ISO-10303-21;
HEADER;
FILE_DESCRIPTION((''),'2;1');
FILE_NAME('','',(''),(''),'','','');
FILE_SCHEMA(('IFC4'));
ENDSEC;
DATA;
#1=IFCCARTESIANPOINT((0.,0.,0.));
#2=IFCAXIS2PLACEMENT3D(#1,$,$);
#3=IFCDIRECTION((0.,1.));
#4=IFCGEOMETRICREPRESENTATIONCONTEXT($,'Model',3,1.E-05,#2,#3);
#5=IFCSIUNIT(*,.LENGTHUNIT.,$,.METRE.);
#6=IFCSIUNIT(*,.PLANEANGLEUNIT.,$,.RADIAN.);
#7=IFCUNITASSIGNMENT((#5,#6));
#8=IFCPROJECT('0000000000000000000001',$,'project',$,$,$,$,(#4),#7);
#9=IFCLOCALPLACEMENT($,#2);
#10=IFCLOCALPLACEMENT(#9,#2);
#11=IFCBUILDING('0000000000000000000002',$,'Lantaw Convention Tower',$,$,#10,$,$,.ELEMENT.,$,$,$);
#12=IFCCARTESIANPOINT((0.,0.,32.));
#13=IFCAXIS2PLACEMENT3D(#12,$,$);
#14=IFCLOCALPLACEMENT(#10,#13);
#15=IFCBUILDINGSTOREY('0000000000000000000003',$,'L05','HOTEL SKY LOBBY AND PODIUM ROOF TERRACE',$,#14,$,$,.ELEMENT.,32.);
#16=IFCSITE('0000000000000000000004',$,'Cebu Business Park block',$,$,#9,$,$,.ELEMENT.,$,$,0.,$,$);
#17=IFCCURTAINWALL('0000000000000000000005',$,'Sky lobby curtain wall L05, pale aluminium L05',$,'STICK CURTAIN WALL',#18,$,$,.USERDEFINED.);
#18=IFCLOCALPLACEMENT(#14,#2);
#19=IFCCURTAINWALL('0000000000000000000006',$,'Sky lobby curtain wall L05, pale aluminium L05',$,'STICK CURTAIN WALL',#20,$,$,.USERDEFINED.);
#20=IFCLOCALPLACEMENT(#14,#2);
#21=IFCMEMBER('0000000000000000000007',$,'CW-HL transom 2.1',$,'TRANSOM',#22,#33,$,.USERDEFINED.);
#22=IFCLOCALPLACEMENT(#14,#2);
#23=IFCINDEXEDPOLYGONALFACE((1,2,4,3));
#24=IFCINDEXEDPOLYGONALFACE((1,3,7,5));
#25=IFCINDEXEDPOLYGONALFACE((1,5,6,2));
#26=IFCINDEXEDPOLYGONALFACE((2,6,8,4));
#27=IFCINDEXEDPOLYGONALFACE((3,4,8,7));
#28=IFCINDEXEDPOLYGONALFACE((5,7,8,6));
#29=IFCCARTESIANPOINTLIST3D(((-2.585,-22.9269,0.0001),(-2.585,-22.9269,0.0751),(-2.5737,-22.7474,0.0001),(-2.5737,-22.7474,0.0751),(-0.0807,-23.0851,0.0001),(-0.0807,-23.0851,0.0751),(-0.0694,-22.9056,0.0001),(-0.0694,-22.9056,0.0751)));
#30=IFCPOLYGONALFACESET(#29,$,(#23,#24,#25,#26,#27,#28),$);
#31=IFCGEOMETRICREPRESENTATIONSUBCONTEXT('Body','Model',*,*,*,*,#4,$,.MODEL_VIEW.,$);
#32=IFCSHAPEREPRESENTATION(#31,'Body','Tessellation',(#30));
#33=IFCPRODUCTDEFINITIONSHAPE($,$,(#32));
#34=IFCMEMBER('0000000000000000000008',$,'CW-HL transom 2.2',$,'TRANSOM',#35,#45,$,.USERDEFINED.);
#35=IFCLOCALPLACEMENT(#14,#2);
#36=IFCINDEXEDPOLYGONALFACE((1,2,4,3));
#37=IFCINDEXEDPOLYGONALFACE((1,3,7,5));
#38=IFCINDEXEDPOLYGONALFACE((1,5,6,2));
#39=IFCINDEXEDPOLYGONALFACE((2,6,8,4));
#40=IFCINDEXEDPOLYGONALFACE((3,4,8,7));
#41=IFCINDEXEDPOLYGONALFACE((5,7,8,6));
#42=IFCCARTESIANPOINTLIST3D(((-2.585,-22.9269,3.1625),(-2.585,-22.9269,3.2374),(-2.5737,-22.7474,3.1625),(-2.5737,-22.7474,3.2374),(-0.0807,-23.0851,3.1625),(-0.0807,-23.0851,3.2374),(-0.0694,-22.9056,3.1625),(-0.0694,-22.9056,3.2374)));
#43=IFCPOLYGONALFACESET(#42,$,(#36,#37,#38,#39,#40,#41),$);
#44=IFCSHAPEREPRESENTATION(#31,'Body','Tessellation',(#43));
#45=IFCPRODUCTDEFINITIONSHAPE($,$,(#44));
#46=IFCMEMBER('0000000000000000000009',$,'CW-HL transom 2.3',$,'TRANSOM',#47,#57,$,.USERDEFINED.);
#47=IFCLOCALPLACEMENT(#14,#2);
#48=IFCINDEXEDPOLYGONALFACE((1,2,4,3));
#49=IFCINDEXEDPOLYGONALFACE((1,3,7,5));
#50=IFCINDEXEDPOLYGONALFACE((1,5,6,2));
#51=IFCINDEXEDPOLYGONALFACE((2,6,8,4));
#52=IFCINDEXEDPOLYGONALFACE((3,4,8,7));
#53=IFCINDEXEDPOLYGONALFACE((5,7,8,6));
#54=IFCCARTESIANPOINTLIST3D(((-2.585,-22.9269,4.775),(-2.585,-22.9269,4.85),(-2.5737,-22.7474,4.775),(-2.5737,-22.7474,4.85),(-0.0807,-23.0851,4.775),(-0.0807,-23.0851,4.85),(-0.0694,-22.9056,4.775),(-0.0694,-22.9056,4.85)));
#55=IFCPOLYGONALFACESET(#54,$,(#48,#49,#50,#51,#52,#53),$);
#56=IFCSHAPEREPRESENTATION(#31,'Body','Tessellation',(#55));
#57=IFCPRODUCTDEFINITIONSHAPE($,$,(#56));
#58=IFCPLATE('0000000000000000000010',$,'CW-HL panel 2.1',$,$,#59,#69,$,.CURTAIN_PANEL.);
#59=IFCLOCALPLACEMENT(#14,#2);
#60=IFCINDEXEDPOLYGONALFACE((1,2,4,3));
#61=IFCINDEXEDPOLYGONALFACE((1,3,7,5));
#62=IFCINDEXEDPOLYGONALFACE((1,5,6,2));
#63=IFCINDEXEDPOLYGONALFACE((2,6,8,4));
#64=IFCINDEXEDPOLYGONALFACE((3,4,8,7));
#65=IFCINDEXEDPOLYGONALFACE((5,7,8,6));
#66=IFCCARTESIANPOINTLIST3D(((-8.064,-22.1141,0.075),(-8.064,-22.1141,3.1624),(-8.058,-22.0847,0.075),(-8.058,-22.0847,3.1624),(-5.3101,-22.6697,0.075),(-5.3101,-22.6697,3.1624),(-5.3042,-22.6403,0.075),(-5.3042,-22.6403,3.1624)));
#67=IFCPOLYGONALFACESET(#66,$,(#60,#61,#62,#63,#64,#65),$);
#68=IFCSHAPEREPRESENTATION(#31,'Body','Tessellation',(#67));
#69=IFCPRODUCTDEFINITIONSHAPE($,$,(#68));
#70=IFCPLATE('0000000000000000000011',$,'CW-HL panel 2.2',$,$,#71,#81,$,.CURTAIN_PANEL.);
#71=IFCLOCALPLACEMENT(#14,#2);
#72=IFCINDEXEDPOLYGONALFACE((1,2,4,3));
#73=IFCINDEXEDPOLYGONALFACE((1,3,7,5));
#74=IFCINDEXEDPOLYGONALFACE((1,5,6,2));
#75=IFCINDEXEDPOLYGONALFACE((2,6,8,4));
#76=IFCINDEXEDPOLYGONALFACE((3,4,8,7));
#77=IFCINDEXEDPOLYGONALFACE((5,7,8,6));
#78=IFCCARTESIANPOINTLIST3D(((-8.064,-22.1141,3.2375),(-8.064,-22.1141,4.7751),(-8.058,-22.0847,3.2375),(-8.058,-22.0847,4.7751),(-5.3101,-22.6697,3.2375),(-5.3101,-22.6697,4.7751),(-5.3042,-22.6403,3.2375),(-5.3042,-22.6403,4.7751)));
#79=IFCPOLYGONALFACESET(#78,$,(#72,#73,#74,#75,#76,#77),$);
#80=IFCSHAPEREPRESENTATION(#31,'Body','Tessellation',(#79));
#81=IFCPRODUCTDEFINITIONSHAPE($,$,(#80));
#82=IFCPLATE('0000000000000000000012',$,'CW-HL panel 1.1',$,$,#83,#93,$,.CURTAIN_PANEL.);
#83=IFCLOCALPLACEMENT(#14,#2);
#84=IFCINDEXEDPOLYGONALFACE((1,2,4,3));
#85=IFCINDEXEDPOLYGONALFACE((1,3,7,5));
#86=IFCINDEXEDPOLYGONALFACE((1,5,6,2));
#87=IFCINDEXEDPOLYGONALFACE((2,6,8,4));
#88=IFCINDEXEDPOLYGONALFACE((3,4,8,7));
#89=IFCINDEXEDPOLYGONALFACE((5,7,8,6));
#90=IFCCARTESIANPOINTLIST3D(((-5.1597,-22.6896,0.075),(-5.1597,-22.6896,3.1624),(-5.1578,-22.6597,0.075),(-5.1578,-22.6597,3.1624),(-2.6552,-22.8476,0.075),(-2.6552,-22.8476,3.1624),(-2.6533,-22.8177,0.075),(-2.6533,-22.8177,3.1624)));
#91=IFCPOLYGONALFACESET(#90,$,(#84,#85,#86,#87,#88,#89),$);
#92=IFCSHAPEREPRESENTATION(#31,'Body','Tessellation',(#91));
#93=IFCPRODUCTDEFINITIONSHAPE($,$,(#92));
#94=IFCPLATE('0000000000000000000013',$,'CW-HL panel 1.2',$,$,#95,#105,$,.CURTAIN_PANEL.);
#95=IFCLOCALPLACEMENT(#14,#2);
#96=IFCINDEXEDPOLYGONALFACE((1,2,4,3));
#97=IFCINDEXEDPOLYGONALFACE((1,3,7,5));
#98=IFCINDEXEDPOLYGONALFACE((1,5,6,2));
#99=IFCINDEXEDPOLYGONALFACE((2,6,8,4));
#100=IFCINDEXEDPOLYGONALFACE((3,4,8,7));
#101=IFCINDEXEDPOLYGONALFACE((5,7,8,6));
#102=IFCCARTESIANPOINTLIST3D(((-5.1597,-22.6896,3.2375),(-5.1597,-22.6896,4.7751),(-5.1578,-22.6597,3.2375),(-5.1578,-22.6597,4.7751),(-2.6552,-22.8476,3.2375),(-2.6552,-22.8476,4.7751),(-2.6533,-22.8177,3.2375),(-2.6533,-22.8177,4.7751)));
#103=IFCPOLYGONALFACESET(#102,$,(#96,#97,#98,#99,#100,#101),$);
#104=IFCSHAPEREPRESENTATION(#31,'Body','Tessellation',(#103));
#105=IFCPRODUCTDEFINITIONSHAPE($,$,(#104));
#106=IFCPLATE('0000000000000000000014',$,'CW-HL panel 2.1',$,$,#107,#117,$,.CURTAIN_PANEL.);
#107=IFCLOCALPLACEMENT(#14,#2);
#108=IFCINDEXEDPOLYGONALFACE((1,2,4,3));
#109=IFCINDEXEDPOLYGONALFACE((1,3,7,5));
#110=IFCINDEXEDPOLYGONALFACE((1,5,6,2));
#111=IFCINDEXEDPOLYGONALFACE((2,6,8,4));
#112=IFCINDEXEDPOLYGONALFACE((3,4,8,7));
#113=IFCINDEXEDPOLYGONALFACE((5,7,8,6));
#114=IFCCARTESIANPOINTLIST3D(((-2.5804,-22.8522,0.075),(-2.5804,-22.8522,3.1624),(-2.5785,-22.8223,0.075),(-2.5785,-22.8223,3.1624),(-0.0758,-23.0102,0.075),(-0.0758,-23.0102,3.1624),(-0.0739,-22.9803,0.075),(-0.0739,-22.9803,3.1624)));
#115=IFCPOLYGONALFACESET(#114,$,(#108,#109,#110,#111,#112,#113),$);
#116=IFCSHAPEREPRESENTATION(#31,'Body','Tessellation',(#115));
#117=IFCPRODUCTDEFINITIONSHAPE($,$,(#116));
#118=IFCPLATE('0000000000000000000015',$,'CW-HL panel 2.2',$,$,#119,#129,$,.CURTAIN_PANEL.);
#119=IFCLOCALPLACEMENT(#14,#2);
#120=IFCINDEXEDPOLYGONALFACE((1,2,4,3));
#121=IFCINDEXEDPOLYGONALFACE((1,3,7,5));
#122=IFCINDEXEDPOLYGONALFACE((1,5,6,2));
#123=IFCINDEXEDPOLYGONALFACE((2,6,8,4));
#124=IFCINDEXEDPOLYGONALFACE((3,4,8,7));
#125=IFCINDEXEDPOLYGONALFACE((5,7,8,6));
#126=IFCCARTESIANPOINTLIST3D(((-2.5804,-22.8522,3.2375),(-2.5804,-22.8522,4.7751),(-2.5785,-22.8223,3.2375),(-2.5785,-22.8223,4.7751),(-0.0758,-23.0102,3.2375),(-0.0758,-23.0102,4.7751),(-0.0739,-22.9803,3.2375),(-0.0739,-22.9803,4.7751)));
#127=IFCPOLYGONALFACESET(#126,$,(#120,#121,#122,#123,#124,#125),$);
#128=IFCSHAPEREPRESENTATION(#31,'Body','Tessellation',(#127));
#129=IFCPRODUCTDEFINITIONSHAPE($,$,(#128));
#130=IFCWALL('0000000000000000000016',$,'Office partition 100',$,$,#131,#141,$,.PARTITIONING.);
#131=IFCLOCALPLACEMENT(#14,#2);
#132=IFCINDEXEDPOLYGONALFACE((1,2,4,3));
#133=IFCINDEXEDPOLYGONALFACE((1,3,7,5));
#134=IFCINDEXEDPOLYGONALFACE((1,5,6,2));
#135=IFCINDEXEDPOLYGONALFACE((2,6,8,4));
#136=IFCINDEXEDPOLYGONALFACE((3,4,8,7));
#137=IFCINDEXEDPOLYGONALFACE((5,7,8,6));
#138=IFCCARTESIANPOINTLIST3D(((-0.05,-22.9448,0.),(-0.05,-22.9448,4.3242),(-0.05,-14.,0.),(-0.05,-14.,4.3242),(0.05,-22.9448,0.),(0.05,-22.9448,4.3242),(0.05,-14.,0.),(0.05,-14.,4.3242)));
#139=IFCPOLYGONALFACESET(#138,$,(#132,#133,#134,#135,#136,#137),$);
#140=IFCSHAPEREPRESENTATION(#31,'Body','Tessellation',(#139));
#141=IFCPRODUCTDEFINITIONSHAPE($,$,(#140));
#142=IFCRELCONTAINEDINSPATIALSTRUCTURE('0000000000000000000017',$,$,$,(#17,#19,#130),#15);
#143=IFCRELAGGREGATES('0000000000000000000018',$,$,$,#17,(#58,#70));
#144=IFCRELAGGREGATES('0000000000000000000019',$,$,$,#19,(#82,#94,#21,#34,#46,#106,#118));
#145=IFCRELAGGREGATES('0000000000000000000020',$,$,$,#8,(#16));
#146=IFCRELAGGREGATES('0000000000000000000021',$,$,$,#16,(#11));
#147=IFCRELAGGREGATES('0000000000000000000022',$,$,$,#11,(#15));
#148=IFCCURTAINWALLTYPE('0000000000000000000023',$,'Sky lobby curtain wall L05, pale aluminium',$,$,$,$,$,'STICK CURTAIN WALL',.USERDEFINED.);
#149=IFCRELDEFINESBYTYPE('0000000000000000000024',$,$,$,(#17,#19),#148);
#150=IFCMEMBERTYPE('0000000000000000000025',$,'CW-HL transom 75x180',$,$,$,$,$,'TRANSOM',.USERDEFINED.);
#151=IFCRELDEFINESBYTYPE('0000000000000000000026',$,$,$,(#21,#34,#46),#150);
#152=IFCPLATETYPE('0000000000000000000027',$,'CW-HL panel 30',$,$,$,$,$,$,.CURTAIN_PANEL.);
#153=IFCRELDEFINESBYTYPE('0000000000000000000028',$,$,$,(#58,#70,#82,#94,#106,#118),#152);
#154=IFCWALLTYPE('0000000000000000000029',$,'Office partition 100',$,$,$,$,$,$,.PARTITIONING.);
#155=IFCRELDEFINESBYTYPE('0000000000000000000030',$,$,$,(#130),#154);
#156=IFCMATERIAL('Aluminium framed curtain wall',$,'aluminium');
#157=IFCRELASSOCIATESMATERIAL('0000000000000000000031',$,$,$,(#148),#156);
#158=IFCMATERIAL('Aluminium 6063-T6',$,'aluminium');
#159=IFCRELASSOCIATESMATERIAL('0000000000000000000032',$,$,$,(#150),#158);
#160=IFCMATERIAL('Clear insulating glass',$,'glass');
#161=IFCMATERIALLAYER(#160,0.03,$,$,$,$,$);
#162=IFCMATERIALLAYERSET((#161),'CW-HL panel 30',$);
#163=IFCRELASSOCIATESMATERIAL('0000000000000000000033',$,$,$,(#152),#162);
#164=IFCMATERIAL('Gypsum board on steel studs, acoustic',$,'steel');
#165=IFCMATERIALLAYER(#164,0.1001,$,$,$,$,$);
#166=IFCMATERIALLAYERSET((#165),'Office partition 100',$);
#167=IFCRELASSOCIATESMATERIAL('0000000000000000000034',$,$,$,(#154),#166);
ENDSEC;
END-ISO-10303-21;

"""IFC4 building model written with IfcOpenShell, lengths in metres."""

from ifc_helpers import new_model, si_unit, direction, frame, frame_2d, origin, origin_2d, place, context, subcontext, project, spatial, rectangle, extrude, material, layer, layer_set, material_profile, profile_set, type_object, element, aggregate, save


model = new_model("IFC4")

# Units and contexts
model_context = context("Model", 3, precision=1e-05, world=origin(), true_north=direction((0.0, 1.0)))
body_context = subcontext(model_context, "Body", "Model", "MODEL_VIEW")
ifc_project = project(units=[si_unit("LENGTHUNIT", "METRE"), si_unit("PLANEANGLEUNIT", "RADIAN")], contexts=[model_context])

# Site, building, storey
site_placement = place(None, origin())
site = spatial("IfcSite", under=ifc_project, at=site_placement, Name="Cebu Business Park block", CompositionType="ELEMENT", RefElevation=0.0)
building_placement = place(site_placement, origin())
building = spatial("IfcBuilding", under=site, at=building_placement, Name="Lantaw Convention Tower", CompositionType="ELEMENT")
storey_placement = place(building_placement, frame((0.0, 0.0, 32.0)))
storey = spatial("IfcBuildingStorey", under=building, at=storey_placement, Name="L05", Description="HOTEL SKY LOBBY AND PODIUM ROOF TERRACE", CompositionType="ELEMENT", Elevation=32.0)

# Curtain wall
ifc_material_1 = material(Name="Aluminium framed curtain wall", Category="aluminium")
curtain_wall_type = type_object("IfcCurtainWallType", Name="Sky lobby curtain wall L05, pale aluminium", ElementType="STICK CURTAIN WALL", PredefinedType="USERDEFINED", material=ifc_material_1)
curtain_wall_1_placement = place(storey_placement, origin())
curtain_wall_1 = element("IfcCurtainWall", 1, at=curtain_wall_1_placement, inside=storey, type_object=curtain_wall_type, Name="Sky lobby curtain wall L05, pale aluminium L05", ObjectType="STICK CURTAIN WALL", PredefinedType="USERDEFINED")
ifc_material_2 = material(Name="Aluminium 6063-T6", Category="aluminium")

# Curtain wall, members
curtain_wall_2_placement = place(storey_placement, origin())
curtain_wall_2 = element("IfcCurtainWall", 2, at=curtain_wall_2_placement, inside=storey, type_object=curtain_wall_type, Name="Sky lobby curtain wall L05, pale aluminium L05", ObjectType="STICK CURTAIN WALL", PredefinedType="USERDEFINED")
ifc_material_profile_1 = material_profile(ifc_material_2, rectangle(XDim=0.1799, YDim=0.075, at=origin_2d()), Name="CW-HL transom 75x180")
ifc_profile_set_1 = profile_set([ifc_material_profile_1], Name="Aluminium 6063-T6")
member_type_1 = type_object("IfcMemberType", Name="CW-HL transom 75x180", ElementType="TRANSOM", PredefinedType="USERDEFINED", material=ifc_profile_set_1)
member_1_placement = place(storey_placement, frame((-2.5793, -22.8372, 0.0376), z_axis=(0.998011, -0.063045, 0.0), x_axis=(0.063045, 0.998011, 0.0)))
member_1 = element("IfcMember", 3, at=member_1_placement, type_object=member_type_1, Name="CW-HL transom 2.1", ObjectType="TRANSOM", PredefinedType="USERDEFINED", context=body_context, shape_type="SweptSolid", body=[
    extrude(rectangle(XDim=0.1799, YDim=0.075, at=origin_2d()), origin(), (0.0, 0.0, 1.0), 2.5093),
])
member_2_placement = place(storey_placement, frame((-2.5793, -22.8372, 3.2), z_axis=(0.998011, -0.063045, 0.0), x_axis=(0.063045, 0.998011, 0.0)))
member_2 = element("IfcMember", 4, at=member_2_placement, type_object=member_type_1, Name="CW-HL transom 2.2", ObjectType="TRANSOM", PredefinedType="USERDEFINED", context=body_context, shape_type="SweptSolid", body=[
    extrude(rectangle(XDim=0.1799, YDim=0.075, at=origin_2d()), origin(), (0.0, 0.0, 1.0), 2.5093),
])
member_3_placement = place(storey_placement, frame((-2.5793, -22.8372, 4.8125), z_axis=(0.998011, -0.063045, 0.0), x_axis=(0.063045, 0.998011, 0.0)))
member_3 = element("IfcMember", 5, at=member_3_placement, type_object=member_type_1, Name="CW-HL transom 2.3", ObjectType="TRANSOM", PredefinedType="USERDEFINED", context=body_context, shape_type="SweptSolid", body=[
    extrude(rectangle(XDim=0.1799, YDim=0.075, at=origin_2d()), origin(), (0.0, 0.0, 1.0), 2.5093),
])

# Plates
ifc_material_3 = material(Name="Clear insulating glass", Category="glass")
ifc_layer_1 = layer(ifc_material_3, 0.03)
ifc_layer_set_1 = layer_set([ifc_layer_1], Name="CW-HL panel 30")
plate_type = type_object("IfcPlateType", Name="CW-HL panel 30", PredefinedType="CURTAIN_PANEL", material=ifc_layer_set_1)
plate_1_placement = place(storey_placement, frame((-6.6841, -22.3772, 0.075), z_axis=(0.0, 0.0, 1.0), x_axis=(0.980245, -0.197789, 0.0)))
plate_1 = element("IfcPlate", 6, at=plate_1_placement, type_object=plate_type, Name="CW-HL panel 2.1", PredefinedType="CURTAIN_PANEL", context=body_context, shape_type="SweptSolid", body=[
    extrude(rectangle(XDim=2.8093, YDim=0.03, at=origin_2d()), origin(), (0.0, 0.0, 1.0), 3.0874),
])
plate_2_placement = place(storey_placement, frame((-6.6841, -22.3772, 3.2375), z_axis=(0.0, 0.0, 1.0), x_axis=(0.980245, -0.197789, 0.0)))
plate_2 = element("IfcPlate", 7, at=plate_2_placement, type_object=plate_type, Name="CW-HL panel 2.2", PredefinedType="CURTAIN_PANEL", context=body_context, shape_type="SweptSolid", body=[
    extrude(rectangle(XDim=2.8093, YDim=0.03, at=origin_2d()), origin(), (0.0, 0.0, 1.0), 1.5376),
])
aggregate(curtain_wall_1, [plate_1, plate_2])
plate_3_placement = place(storey_placement, frame((-3.9065, -22.7537, 0.075), z_axis=(0.0, 0.0, 1.0), x_axis=(0.998016, -0.062958, 0.0)))
plate_3 = element("IfcPlate", 8, at=plate_3_placement, type_object=plate_type, Name="CW-HL panel 1.1", PredefinedType="CURTAIN_PANEL", context=body_context, shape_type="SweptSolid", body=[
    extrude(rectangle(XDim=2.5095, YDim=0.03, at=origin_2d()), origin(), (0.0, 0.0, 1.0), 3.0874),
])
plate_4_placement = place(storey_placement, frame((-3.9065, -22.7537, 3.2375), z_axis=(0.0, 0.0, 1.0), x_axis=(0.998016, -0.062958, 0.0)))
plate_4 = element("IfcPlate", 9, at=plate_4_placement, type_object=plate_type, Name="CW-HL panel 1.2", PredefinedType="CURTAIN_PANEL", context=body_context, shape_type="SweptSolid", body=[
    extrude(rectangle(XDim=2.5095, YDim=0.03, at=origin_2d()), origin(), (0.0, 0.0, 1.0), 1.5376),
])
plate_5_placement = place(storey_placement, frame((-1.3271, -22.9163, 0.075), z_axis=(0.0, 0.0, 1.0), x_axis=(0.998016, -0.062958, 0.0)))
plate_5 = element("IfcPlate", 10, at=plate_5_placement, type_object=plate_type, Name="CW-HL panel 2.1", PredefinedType="CURTAIN_PANEL", context=body_context, shape_type="SweptSolid", body=[
    extrude(rectangle(XDim=2.5095, YDim=0.03, at=origin_2d()), origin(), (0.0, 0.0, 1.0), 3.0874),
])
plate_6_placement = place(storey_placement, frame((-1.3271, -22.9163, 3.2375), z_axis=(0.0, 0.0, 1.0), x_axis=(0.998016, -0.062958, 0.0)))
plate_6 = element("IfcPlate", 11, at=plate_6_placement, type_object=plate_type, Name="CW-HL panel 2.2", PredefinedType="CURTAIN_PANEL", context=body_context, shape_type="SweptSolid", body=[
    extrude(rectangle(XDim=2.5095, YDim=0.03, at=origin_2d()), origin(), (0.0, 0.0, 1.0), 1.5376),
])
aggregate(curtain_wall_2, [plate_3, plate_4, member_1, member_2, member_3, plate_5, plate_6])

# Wall
ifc_material_4 = material(Name="Gypsum board on steel studs, acoustic", Category="steel")
ifc_layer_2 = layer(ifc_material_4, 0.1001)
ifc_layer_set_2 = layer_set([ifc_layer_2], Name="Office partition 100")
wall_type = type_object("IfcWallType", Name="Office partition 100", PredefinedType="PARTITIONING", material=ifc_layer_set_2)
wall_placement = place(storey_placement, frame((0.0, -22.9448, 0.0), z_axis=(0.0, 0.0, 1.0), x_axis=(0.0, 1.0, 0.0)))
element("IfcWall", 12, at=wall_placement, inside=storey, type_object=wall_type, Name="Office partition 100", PredefinedType="PARTITIONING", context=body_context, shape_type="SweptSolid", body=[
    extrude(rectangle(XDim=8.9448, YDim=0.1001, at=frame_2d((4.4724, 0.0))), origin(), (0.0, 0.0, 1.0), 4.3242),
])

save(model, "model.ifc")
